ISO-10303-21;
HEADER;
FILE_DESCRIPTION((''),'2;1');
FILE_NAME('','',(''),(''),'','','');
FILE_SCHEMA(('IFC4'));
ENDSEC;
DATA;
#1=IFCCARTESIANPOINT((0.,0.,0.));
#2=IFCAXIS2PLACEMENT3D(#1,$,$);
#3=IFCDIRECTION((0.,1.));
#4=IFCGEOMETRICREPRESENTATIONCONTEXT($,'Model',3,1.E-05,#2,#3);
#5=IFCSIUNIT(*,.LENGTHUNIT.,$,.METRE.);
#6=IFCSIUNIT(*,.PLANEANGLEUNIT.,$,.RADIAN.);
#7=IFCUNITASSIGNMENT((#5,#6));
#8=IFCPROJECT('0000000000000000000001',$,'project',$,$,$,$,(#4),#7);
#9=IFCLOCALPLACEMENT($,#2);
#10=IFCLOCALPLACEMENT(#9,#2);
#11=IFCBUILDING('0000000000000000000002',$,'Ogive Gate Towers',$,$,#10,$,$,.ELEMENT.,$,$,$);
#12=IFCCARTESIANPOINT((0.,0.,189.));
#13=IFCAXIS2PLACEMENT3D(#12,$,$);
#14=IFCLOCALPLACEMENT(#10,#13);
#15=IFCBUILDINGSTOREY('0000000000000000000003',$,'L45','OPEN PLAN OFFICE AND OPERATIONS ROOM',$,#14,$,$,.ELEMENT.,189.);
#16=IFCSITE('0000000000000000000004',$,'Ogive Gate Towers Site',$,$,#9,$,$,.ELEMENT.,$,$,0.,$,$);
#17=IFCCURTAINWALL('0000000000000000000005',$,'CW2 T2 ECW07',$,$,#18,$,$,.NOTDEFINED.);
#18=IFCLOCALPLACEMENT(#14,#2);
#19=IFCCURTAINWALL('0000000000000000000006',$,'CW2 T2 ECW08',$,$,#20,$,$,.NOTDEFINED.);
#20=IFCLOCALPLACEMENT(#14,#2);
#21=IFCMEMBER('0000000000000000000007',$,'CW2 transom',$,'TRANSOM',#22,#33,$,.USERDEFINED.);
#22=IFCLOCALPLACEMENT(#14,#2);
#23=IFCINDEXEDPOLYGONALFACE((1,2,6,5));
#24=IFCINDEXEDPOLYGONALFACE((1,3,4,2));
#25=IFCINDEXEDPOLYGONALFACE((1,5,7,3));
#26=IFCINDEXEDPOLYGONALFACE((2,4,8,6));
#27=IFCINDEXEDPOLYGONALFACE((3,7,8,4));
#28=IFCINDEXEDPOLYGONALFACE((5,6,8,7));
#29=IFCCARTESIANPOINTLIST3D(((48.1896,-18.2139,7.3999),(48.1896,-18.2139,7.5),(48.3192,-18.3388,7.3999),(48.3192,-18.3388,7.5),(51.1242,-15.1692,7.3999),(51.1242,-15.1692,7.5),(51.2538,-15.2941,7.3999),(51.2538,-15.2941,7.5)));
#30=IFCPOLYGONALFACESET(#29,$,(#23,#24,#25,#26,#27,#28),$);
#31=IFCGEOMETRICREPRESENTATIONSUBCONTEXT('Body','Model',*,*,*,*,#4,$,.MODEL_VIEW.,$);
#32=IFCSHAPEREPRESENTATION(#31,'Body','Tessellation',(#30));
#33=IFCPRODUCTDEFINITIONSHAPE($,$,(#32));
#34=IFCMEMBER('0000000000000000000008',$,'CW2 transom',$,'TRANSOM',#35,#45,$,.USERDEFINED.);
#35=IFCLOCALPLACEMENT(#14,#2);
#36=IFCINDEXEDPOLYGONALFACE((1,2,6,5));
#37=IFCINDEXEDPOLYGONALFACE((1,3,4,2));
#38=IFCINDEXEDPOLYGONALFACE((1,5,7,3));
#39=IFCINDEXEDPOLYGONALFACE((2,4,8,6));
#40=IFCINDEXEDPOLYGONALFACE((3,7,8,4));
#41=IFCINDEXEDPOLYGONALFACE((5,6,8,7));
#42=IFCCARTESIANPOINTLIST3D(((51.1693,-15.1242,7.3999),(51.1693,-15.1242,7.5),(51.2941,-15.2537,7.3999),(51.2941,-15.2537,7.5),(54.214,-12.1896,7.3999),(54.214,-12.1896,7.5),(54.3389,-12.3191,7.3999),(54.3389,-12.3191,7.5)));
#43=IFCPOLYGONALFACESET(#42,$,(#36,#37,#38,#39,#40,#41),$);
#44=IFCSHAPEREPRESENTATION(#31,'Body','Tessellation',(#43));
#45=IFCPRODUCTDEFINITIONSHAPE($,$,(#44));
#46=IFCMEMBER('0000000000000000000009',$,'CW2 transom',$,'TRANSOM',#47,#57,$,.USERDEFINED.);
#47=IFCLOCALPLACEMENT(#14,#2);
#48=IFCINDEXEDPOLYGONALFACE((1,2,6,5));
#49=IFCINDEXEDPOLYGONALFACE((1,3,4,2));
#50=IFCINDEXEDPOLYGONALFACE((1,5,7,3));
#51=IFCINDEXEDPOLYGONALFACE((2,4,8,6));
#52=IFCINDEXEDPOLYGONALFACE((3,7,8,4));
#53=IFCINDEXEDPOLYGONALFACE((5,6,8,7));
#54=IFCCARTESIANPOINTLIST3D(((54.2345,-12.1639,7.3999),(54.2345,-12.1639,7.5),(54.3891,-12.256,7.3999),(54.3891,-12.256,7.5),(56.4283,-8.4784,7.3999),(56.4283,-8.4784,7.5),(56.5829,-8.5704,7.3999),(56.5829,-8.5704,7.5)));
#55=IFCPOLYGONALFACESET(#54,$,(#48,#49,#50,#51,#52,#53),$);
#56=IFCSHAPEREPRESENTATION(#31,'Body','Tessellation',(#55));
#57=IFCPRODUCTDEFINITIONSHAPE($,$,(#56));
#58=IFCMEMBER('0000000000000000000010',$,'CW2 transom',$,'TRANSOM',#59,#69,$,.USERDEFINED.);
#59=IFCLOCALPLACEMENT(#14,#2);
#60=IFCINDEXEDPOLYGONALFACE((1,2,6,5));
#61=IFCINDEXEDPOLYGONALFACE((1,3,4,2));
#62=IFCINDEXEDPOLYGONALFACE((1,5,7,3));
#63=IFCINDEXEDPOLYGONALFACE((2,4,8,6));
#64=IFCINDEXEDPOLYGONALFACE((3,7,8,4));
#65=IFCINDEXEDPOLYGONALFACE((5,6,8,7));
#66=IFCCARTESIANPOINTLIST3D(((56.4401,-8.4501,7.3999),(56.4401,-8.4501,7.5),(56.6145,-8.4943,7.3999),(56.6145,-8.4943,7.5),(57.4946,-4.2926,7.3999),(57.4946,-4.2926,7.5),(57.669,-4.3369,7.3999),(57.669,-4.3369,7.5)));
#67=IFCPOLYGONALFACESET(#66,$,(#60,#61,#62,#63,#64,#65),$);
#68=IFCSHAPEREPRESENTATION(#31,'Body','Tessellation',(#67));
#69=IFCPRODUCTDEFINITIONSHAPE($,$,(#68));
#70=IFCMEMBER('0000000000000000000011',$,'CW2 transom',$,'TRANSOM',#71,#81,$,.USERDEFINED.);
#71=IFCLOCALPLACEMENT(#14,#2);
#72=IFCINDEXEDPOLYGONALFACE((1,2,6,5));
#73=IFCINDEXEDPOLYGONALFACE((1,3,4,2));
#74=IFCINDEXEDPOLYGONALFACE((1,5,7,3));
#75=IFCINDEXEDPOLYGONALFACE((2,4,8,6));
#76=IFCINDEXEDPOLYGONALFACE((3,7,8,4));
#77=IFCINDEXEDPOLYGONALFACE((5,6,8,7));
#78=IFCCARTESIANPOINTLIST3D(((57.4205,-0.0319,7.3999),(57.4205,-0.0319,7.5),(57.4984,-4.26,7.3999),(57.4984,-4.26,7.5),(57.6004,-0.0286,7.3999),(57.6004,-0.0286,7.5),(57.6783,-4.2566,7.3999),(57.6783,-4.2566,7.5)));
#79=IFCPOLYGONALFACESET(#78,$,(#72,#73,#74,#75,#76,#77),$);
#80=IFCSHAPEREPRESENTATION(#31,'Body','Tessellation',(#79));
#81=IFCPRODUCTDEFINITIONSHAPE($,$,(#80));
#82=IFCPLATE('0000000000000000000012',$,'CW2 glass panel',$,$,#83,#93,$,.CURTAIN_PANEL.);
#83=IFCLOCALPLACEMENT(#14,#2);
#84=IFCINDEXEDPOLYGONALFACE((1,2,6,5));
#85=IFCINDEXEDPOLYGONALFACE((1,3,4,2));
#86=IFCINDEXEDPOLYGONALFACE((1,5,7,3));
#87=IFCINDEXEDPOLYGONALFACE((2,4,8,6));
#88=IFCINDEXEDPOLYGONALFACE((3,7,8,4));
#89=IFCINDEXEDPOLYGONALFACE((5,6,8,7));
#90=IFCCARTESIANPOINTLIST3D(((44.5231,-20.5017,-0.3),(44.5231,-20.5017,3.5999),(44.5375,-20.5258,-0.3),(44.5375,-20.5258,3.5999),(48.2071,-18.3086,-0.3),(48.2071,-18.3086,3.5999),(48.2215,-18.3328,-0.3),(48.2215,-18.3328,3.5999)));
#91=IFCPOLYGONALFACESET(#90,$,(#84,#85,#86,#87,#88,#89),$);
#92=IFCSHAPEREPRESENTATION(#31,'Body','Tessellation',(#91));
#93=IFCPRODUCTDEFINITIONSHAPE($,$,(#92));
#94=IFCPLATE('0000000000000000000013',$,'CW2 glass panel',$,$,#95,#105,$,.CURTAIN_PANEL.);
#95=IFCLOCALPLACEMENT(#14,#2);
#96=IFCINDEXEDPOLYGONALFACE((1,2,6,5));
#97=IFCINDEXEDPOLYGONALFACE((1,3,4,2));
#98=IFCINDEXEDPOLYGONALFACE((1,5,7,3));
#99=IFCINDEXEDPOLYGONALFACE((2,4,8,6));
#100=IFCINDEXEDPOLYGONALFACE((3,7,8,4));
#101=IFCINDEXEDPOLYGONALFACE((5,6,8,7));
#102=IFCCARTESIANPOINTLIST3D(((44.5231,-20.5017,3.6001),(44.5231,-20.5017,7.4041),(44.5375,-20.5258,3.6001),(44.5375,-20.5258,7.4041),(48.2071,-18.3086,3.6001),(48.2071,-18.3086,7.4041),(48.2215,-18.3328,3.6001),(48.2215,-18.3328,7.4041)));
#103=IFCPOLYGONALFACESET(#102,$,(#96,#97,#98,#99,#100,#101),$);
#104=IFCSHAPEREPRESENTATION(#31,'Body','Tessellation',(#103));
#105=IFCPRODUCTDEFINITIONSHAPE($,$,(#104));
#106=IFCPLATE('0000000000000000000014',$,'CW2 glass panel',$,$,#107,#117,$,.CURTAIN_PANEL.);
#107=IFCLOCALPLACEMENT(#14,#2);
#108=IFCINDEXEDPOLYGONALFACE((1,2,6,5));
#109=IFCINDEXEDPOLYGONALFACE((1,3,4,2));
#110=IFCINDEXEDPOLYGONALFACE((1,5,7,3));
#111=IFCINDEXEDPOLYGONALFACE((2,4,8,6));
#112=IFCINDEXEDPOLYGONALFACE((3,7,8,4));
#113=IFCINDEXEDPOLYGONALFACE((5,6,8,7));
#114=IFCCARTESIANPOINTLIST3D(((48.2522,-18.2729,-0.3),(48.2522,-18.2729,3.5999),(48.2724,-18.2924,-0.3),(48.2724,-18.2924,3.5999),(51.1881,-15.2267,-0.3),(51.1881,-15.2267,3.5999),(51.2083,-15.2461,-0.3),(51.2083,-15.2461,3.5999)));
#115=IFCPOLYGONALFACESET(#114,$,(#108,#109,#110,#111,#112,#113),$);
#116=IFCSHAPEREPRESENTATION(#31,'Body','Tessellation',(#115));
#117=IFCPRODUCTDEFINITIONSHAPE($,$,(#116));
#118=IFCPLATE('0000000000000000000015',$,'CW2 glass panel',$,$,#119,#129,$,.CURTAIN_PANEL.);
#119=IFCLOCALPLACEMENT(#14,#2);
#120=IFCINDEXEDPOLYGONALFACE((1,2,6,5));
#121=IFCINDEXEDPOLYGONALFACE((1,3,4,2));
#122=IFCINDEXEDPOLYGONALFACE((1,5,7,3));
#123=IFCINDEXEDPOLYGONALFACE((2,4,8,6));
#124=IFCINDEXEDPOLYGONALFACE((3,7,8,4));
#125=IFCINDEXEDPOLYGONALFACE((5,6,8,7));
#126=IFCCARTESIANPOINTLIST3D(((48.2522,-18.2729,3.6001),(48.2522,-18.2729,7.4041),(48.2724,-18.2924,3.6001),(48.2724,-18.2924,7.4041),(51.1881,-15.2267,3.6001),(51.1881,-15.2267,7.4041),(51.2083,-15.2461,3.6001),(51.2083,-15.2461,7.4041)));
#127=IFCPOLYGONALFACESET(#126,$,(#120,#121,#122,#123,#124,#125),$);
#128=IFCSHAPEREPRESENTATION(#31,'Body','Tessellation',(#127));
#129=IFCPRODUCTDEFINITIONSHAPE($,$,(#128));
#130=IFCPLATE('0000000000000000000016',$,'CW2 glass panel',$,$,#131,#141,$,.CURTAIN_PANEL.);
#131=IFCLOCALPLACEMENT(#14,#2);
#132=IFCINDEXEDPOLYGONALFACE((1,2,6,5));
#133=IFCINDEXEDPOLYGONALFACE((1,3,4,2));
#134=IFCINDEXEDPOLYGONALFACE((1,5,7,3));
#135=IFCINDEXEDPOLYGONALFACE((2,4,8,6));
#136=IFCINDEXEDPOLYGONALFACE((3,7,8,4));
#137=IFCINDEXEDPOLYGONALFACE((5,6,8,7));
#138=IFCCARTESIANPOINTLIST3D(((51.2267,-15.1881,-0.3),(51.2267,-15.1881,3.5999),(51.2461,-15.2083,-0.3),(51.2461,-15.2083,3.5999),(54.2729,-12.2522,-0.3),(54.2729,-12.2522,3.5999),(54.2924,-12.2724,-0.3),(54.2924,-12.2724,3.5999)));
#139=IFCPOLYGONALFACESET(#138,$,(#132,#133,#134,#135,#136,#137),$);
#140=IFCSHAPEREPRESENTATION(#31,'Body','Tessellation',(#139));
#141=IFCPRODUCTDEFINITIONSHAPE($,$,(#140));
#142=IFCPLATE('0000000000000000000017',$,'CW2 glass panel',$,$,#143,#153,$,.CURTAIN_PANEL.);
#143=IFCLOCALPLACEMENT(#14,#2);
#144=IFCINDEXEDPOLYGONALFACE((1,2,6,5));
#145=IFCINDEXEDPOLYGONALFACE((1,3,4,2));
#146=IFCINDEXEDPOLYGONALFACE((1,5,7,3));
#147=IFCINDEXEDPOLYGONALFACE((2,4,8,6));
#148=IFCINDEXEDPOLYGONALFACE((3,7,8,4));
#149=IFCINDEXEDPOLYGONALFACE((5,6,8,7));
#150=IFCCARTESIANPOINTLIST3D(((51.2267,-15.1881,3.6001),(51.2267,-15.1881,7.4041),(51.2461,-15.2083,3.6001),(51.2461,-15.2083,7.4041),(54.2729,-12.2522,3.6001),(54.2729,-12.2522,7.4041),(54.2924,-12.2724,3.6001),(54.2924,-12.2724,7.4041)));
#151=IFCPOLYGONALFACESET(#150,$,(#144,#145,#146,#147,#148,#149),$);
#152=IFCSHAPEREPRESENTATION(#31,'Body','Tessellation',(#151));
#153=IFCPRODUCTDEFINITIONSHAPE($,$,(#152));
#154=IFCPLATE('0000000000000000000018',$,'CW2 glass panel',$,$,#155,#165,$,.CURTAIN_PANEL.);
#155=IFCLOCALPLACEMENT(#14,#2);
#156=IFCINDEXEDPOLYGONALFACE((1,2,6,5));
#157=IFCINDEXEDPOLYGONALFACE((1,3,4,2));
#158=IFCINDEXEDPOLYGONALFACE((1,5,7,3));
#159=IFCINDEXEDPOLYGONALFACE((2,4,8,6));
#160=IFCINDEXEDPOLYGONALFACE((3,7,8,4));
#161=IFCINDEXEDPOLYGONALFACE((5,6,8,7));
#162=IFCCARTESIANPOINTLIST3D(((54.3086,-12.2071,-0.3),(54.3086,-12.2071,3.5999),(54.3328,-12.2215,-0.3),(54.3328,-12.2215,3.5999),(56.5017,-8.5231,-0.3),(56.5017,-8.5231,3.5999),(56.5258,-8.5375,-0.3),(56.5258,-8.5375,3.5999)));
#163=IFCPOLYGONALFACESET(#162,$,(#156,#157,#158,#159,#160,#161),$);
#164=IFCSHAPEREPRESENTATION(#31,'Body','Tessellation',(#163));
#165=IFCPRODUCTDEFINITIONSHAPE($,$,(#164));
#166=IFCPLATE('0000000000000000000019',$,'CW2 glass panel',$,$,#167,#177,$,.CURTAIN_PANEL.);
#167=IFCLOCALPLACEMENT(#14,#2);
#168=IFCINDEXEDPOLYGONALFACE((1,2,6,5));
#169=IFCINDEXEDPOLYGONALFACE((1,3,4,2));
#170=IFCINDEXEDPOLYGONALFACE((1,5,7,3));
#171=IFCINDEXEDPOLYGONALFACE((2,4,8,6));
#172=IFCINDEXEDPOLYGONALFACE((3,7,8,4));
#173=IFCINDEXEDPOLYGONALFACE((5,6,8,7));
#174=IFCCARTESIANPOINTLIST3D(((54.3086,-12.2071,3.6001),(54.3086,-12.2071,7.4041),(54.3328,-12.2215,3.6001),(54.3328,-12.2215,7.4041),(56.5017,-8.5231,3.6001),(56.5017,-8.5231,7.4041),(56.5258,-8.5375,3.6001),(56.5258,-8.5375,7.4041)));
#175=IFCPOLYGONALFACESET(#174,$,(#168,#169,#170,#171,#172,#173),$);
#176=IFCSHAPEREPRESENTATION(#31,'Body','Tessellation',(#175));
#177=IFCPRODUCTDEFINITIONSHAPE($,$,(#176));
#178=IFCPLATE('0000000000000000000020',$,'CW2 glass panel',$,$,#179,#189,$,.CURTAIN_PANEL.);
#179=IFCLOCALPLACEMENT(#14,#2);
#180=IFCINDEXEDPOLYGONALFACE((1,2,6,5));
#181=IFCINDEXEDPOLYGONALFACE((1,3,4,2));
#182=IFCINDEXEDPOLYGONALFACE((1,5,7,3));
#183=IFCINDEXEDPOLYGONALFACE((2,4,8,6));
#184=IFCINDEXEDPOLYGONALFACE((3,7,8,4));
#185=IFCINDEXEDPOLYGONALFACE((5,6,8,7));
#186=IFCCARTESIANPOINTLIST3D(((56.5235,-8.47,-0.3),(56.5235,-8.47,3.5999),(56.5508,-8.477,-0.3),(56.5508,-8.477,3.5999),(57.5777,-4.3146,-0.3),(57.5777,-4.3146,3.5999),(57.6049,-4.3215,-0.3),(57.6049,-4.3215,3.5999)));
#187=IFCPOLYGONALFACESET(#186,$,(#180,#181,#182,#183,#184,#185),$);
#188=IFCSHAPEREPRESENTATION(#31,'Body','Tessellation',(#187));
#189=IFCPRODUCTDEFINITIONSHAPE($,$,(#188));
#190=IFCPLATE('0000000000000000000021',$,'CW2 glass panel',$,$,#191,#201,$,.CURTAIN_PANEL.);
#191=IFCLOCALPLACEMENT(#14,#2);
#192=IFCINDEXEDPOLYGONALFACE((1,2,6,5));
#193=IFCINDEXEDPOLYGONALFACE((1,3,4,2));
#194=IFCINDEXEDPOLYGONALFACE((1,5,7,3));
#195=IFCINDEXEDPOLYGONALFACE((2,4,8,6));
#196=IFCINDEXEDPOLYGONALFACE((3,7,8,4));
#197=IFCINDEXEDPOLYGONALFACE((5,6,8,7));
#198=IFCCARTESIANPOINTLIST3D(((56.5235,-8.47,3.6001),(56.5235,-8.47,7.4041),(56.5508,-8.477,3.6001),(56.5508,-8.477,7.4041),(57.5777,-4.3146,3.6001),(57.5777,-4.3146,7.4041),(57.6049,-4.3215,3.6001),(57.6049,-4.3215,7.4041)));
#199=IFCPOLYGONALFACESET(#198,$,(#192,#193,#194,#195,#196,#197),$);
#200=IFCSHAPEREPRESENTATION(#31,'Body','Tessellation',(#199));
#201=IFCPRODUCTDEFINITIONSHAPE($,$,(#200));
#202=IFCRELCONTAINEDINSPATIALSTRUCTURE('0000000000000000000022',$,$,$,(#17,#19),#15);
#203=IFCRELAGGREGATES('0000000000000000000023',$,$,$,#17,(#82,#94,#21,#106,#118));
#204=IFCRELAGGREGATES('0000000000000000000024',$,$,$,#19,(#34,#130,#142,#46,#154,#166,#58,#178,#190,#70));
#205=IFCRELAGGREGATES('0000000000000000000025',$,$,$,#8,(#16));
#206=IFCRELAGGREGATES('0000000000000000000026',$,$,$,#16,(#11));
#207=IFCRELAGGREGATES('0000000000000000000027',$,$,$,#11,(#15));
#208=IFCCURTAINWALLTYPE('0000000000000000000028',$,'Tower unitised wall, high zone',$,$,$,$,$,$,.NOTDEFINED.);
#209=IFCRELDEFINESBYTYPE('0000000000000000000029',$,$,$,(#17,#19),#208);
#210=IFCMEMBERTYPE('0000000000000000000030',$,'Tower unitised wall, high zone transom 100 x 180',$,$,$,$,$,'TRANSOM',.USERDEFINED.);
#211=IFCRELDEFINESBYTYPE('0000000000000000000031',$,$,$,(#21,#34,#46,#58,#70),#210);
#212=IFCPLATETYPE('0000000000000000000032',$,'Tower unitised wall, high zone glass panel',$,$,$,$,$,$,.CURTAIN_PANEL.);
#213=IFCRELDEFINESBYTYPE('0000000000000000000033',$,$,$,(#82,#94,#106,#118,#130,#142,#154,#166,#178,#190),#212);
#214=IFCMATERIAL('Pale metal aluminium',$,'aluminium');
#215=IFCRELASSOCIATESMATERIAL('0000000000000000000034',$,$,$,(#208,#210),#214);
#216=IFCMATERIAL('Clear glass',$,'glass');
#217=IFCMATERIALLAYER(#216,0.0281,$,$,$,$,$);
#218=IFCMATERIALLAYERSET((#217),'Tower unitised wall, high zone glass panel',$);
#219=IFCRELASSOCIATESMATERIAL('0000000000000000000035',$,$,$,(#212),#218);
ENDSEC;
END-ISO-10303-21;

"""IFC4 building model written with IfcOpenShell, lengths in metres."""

from ifc_helpers import new_model, si_unit, direction, frame, origin, origin_2d, place, context, subcontext, project, spatial, rectangle, extrude, material, layer, layer_set, material_profile, profile_set, type_object, element, aggregate, save


model = new_model("IFC4")

# Units and contexts
model_context = context("Model", 3, precision=1e-05, world=origin(), true_north=direction((0.0, 1.0)))
body_context = subcontext(model_context, "Body", "Model", "MODEL_VIEW")
ifc_project = project(units=[si_unit("LENGTHUNIT", "METRE"), si_unit("PLANEANGLEUNIT", "RADIAN")], contexts=[model_context])

# Site, building, storey
site_placement = place(None, origin())
site = spatial("IfcSite", under=ifc_project, at=site_placement, Name="Ogive Gate Towers Site", CompositionType="ELEMENT", RefElevation=0.0)
building_placement = place(site_placement, origin())
building = spatial("IfcBuilding", under=site, at=building_placement, Name="Ogive Gate Towers", CompositionType="ELEMENT")
storey_placement = place(building_placement, frame((0.0, 0.0, 189.0)))
storey = spatial("IfcBuildingStorey", under=building, at=storey_placement, Name="L45", Description="OPEN PLAN OFFICE AND OPERATIONS ROOM", CompositionType="ELEMENT", Elevation=189.0)

# Curtain walls
ifc_material_1 = material(Name="Pale metal aluminium", Category="aluminium")
curtain_wall_type = type_object("IfcCurtainWallType", Name="Tower unitised wall, high zone", PredefinedType="NOTDEFINED", material=ifc_material_1)
curtain_wall_1_placement = place(storey_placement, origin())
curtain_wall_1 = element("IfcCurtainWall", 1, at=curtain_wall_1_placement, inside=storey, type_object=curtain_wall_type, Name="CW2 T2 ECW07", PredefinedType="NOTDEFINED")
curtain_wall_2_placement = place(storey_placement, origin())
curtain_wall_2 = element("IfcCurtainWall", 2, at=curtain_wall_2_placement, inside=storey, type_object=curtain_wall_type, Name="CW2 T2 ECW08", PredefinedType="NOTDEFINED")

# Members
ifc_material_profile_1 = material_profile(ifc_material_1, rectangle(XDim=0.1799, YDim=0.1001, at=origin_2d()), Name="100 x 180 aluminium box")
ifc_profile_set_1 = profile_set([ifc_material_profile_1], Name="Pale metal aluminium")
member_type_1 = type_object("IfcMemberType", Name="Tower unitised wall, high zone transom 100 x 180", ElementType="TRANSOM", PredefinedType="USERDEFINED", material=ifc_profile_set_1)
member_1_placement = place(storey_placement, frame((48.2544, -18.2764, 7.45), z_axis=(0.693968, 0.720006, 0.0), x_axis=(-0.720006, 0.693968, 0.0)))
member_1 = element("IfcMember", 3, at=member_1_placement, type_object=member_type_1, Name="CW2 transom", ObjectType="TRANSOM", PredefinedType="USERDEFINED", context=body_context, shape_type="SweptSolid", body=[
    extrude(rectangle(XDim=0.1799, YDim=0.1001, at=origin_2d()), origin(), (0.0, 0.0, 1.0), 4.2288),
])
member_2_placement = place(storey_placement, frame((51.2317, -15.189, 7.45), z_axis=(0.720006, 0.693968, 0.0), x_axis=(-0.693968, 0.720006, 0.0)))
member_2 = element("IfcMember", 4, at=member_2_placement, type_object=member_type_1, Name="CW2 transom", ObjectType="TRANSOM", PredefinedType="USERDEFINED", context=body_context, shape_type="SweptSolid", body=[
    extrude(rectangle(XDim=0.1799, YDim=0.1001, at=origin_2d()), origin(), (0.0, 0.0, 1.0), 4.2288),
])
member_3_placement = place(storey_placement, frame((54.3118, -12.21, 7.45), z_axis=(0.511496, 0.859286, 0.0), x_axis=(-0.859286, 0.511496, 0.0)))
member_3 = element("IfcMember", 5, at=member_3_placement, type_object=member_type_1, Name="CW2 transom", ObjectType="TRANSOM", PredefinedType="USERDEFINED", context=body_context, shape_type="SweptSolid", body=[
    extrude(rectangle(XDim=0.1799, YDim=0.1001, at=origin_2d()), origin(), (0.0, 0.0, 1.0), 4.2891),
])
member_4_placement = place(storey_placement, frame((56.5273, -8.4722, 7.45), z_axis=(0.245842, 0.96931, 0.0), x_axis=(-0.96931, 0.245842, 0.0)))
member_4 = element("IfcMember", 6, at=member_4_placement, type_object=member_type_1, Name="CW2 transom", ObjectType="TRANSOM", PredefinedType="USERDEFINED", context=body_context, shape_type="SweptSolid", body=[
    extrude(rectangle(XDim=0.1799, YDim=0.1001, at=origin_2d()), origin(), (0.0, 0.0, 1.0), 4.2891),
])
member_5_placement = place(storey_placement, frame((57.5884, -4.2583, 7.45), z_axis=(-0.018417, 0.99983, 0.0), x_axis=(-0.99983, -0.018417, 0.0)))
member_5 = element("IfcMember", 7, at=member_5_placement, type_object=member_type_1, Name="CW2 transom", ObjectType="TRANSOM", PredefinedType="USERDEFINED", context=body_context, shape_type="SweptSolid", body=[
    extrude(rectangle(XDim=0.1799, YDim=0.1001, at=origin_2d()), origin(), (0.0, 0.0, 1.0), 4.2288),
])

# Plates
ifc_material_2 = material(Name="Clear glass", Category="glass")
ifc_layer_1 = layer(ifc_material_2, 0.0281)
ifc_layer_set_1 = layer_set([ifc_layer_1], Name="Tower unitised wall, high zone glass panel")
plate_type = type_object("IfcPlateType", Name="Tower unitised wall, high zone glass panel", PredefinedType="CURTAIN_PANEL", material=ifc_layer_set_1)
plate_1_placement = place(storey_placement, frame((46.3723, -19.4172, -0.3), z_axis=(0.0, 0.0, 1.0), x_axis=(0.859273, 0.511518, 0.0)))
plate_1 = element("IfcPlate", 8, at=plate_1_placement, type_object=plate_type, Name="CW2 glass panel", PredefinedType="CURTAIN_PANEL", context=body_context, shape_type="SweptSolid", body=[
    extrude(rectangle(XDim=4.2874, YDim=0.0281, at=origin_2d()), origin(), (0.0, 0.0, 1.0), 3.8999),
])
plate_2_placement = place(storey_placement, frame((46.3723, -19.4172, 3.6001), z_axis=(0.0, 0.0, 1.0), x_axis=(0.859273, 0.511518, 0.0)))
plate_2 = element("IfcPlate", 9, at=plate_2_placement, type_object=plate_type, Name="CW2 glass panel", PredefinedType="CURTAIN_PANEL", context=body_context, shape_type="SweptSolid", body=[
    extrude(rectangle(XDim=4.2874, YDim=0.0281, at=origin_2d()), origin(), (0.0, 0.0, 1.0), 3.804),
])
plate_3_placement = place(storey_placement, frame((49.7302, -16.7595, -0.3), z_axis=(0.0, 0.0, 1.0), x_axis=(0.693942, 0.720031, 0.0)))
plate_3 = element("IfcPlate", 10, at=plate_3_placement, type_object=plate_type, Name="CW2 glass panel", PredefinedType="CURTAIN_PANEL", context=body_context, shape_type="SweptSolid", body=[
    extrude(rectangle(XDim=4.2307, YDim=0.0281, at=origin_2d()), origin(), (0.0, 0.0, 1.0), 3.8999),
])
plate_4_placement = place(storey_placement, frame((49.7302, -16.7595, 3.6001), z_axis=(0.0, 0.0, 1.0), x_axis=(0.693942, 0.720031, 0.0)))
plate_4 = element("IfcPlate", 11, at=plate_4_placement, type_object=plate_type, Name="CW2 glass panel", PredefinedType="CURTAIN_PANEL", context=body_context, shape_type="SweptSolid", body=[
    extrude(rectangle(XDim=4.2307, YDim=0.0281, at=origin_2d()), origin(), (0.0, 0.0, 1.0), 3.804),
])
aggregate(curtain_wall_1, [plate_1, plate_2, member_1, plate_3, plate_4])
plate_5_placement = place(storey_placement, frame((52.7595, -13.7302, -0.3), z_axis=(0.0, 0.0, 1.0), x_axis=(0.720031, 0.693942, 0.0)))
plate_5 = element("IfcPlate", 12, at=plate_5_placement, type_object=plate_type, Name="CW2 glass panel", PredefinedType="CURTAIN_PANEL", context=body_context, shape_type="SweptSolid", body=[
    extrude(rectangle(XDim=4.2307, YDim=0.0281, at=origin_2d()), origin(), (0.0, 0.0, 1.0), 3.8999),
])
plate_6_placement = place(storey_placement, frame((52.7595, -13.7302, 3.6001), z_axis=(0.0, 0.0, 1.0), x_axis=(0.720031, 0.693942, 0.0)))
plate_6 = element("IfcPlate", 13, at=plate_6_placement, type_object=plate_type, Name="CW2 glass panel", PredefinedType="CURTAIN_PANEL", context=body_context, shape_type="SweptSolid", body=[
    extrude(rectangle(XDim=4.2307, YDim=0.0281, at=origin_2d()), origin(), (0.0, 0.0, 1.0), 3.804),
])
plate_7_placement = place(storey_placement, frame((55.4172, -10.3723, -0.3), z_axis=(0.0, 0.0, 1.0), x_axis=(0.511518, 0.859273, 0.0)))
plate_7 = element("IfcPlate", 14, at=plate_7_placement, type_object=plate_type, Name="CW2 glass panel", PredefinedType="CURTAIN_PANEL", context=body_context, shape_type="SweptSolid", body=[
    extrude(rectangle(XDim=4.2874, YDim=0.0281, at=origin_2d()), origin(), (0.0, 0.0, 1.0), 3.8999),
])
plate_8_placement = place(storey_placement, frame((55.4172, -10.3723, 3.6001), z_axis=(0.0, 0.0, 1.0), x_axis=(0.511518, 0.859273, 0.0)))
plate_8 = element("IfcPlate", 15, at=plate_8_placement, type_object=plate_type, Name="CW2 glass panel", PredefinedType="CURTAIN_PANEL", context=body_context, shape_type="SweptSolid", body=[
    extrude(rectangle(XDim=4.2874, YDim=0.0281, at=origin_2d()), origin(), (0.0, 0.0, 1.0), 3.804),
])
plate_9_placement = place(storey_placement, frame((57.0642, -6.3958, -0.3), z_axis=(0.0, 0.0, 1.0), x_axis=(0.245883, 0.9693, 0.0)))
plate_9 = element("IfcPlate", 16, at=plate_9_placement, type_object=plate_type, Name="CW2 glass panel", PredefinedType="CURTAIN_PANEL", context=body_context, shape_type="SweptSolid", body=[
    extrude(rectangle(XDim=4.2871, YDim=0.0281, at=origin_2d()), origin(), (0.0, 0.0, 1.0), 3.8999),
])
plate_10_placement = place(storey_placement, frame((57.0642, -6.3958, 3.6001), z_axis=(0.0, 0.0, 1.0), x_axis=(0.245883, 0.9693, 0.0)))
plate_10 = element("IfcPlate", 17, at=plate_10_placement, type_object=plate_type, Name="CW2 glass panel", PredefinedType="CURTAIN_PANEL", context=body_context, shape_type="SweptSolid", body=[
    extrude(rectangle(XDim=4.2871, YDim=0.0281, at=origin_2d()), origin(), (0.0, 0.0, 1.0), 3.804),
])
aggregate(curtain_wall_2, [member_2, plate_5, plate_6, member_3, plate_7, plate_8, member_4, plate_9, plate_10, member_5])

save(model, "model.ifc")
